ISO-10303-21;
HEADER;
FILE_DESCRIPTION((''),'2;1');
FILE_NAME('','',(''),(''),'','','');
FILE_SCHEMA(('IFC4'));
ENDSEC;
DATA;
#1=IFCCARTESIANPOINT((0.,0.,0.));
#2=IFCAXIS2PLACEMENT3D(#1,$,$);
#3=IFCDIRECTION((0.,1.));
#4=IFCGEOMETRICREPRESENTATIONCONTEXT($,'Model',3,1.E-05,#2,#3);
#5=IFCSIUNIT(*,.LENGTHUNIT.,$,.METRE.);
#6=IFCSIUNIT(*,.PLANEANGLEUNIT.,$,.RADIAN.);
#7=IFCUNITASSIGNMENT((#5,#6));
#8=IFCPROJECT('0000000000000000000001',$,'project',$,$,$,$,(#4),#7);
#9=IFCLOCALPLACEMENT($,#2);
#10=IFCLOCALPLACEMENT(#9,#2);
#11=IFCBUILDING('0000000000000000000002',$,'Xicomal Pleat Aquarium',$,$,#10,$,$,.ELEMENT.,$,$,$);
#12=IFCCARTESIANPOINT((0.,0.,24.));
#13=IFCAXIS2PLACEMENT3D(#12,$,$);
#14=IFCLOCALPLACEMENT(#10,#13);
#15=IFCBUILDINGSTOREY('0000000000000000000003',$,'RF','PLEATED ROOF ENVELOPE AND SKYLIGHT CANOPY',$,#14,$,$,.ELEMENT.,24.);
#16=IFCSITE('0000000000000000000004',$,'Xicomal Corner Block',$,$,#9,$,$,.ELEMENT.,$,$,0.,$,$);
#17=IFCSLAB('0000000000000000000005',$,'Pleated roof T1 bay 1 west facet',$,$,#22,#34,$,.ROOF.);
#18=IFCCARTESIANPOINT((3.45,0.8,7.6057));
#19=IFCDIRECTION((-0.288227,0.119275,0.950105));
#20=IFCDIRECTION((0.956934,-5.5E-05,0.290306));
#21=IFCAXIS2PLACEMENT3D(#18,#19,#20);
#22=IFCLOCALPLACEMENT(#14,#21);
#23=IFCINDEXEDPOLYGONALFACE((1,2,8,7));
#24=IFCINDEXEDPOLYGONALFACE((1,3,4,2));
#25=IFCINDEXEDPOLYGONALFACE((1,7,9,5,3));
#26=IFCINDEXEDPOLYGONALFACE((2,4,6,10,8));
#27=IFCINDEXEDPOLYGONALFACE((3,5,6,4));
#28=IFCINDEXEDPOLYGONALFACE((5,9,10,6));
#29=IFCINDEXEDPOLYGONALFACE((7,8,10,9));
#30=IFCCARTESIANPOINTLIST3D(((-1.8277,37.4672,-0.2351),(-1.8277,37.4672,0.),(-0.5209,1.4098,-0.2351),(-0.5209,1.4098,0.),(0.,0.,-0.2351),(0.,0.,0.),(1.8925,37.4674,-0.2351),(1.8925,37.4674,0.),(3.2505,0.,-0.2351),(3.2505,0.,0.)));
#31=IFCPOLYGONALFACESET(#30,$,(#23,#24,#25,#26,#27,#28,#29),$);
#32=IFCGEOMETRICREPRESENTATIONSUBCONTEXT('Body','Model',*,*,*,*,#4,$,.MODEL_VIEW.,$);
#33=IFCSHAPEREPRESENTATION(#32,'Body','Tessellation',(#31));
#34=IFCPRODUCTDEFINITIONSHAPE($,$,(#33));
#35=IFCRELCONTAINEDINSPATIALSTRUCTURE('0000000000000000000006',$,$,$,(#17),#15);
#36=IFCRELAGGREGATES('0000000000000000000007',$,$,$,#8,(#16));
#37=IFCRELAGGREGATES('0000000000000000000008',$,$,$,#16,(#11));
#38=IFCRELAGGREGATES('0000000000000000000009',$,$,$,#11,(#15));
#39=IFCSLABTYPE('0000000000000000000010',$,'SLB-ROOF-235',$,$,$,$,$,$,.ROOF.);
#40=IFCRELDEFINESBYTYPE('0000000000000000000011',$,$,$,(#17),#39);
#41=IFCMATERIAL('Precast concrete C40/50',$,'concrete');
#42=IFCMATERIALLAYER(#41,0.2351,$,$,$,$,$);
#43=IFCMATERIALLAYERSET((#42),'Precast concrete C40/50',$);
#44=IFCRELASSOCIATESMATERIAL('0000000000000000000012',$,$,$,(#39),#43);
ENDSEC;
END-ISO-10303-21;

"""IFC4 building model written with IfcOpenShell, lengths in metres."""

from ifc_helpers import new_model, si_unit, direction, frame, origin, place, context, subcontext, project, spatial, polyline, outline, extrude, material, layer, layer_set, type_object, element, save


model = new_model("IFC4")

# Units and contexts
model_context = context("Model", 3, precision=1e-05, world=origin(), true_north=direction((0.0, 1.0)))
body_context = subcontext(model_context, "Body", "Model", "MODEL_VIEW")
ifc_project = project(units=[si_unit("LENGTHUNIT", "METRE"), si_unit("PLANEANGLEUNIT", "RADIAN")], contexts=[model_context])

# Site, building, storey
site_placement = place(None, origin())
site = spatial("IfcSite", under=ifc_project, at=site_placement, Name="Xicomal Corner Block", CompositionType="ELEMENT", RefElevation=0.0)
building_placement = place(site_placement, origin())
building = spatial("IfcBuilding", under=site, at=building_placement, Name="Xicomal Pleat Aquarium", CompositionType="ELEMENT")
storey_placement = place(building_placement, frame((0.0, 0.0, 24.0)))
storey = spatial("IfcBuildingStorey", under=building, at=storey_placement, Name="RF", Description="PLEATED ROOF ENVELOPE AND SKYLIGHT CANOPY", CompositionType="ELEMENT", Elevation=24.0)

# Slab
ifc_material_1 = material(Name="Precast concrete C40/50", Category="concrete")
ifc_layer_1 = layer(ifc_material_1, 0.2351)
ifc_layer_set_1 = layer_set([ifc_layer_1], Name="Precast concrete C40/50")
slab_type_1 = type_object("IfcSlabType", Name="SLB-ROOF-235", PredefinedType="ROOF", material=ifc_layer_set_1)
slab_1_placement = place(storey_placement, frame((3.45, 0.8, 7.6057), z_axis=(-0.288227, 0.119275, 0.950105), x_axis=(0.956934, -0.000055, 0.290306)))
element("IfcSlab", 1, at=slab_1_placement, inside=storey, type_object=slab_type_1, Name="Pleated roof T1 bay 1 west facet", PredefinedType="ROOF", context=body_context, shape_type="SweptSolid", body=[
    extrude(outline(polyline([(0.0, 0.0), (3.2505, 0.0), (1.8925, 37.4674), (-1.8277, 37.4672), (-0.5209, 1.4098), (0.0, 0.0)])), origin(), (0.0, 0.0, -1.0), 0.2351),
])

save(model, "model.ifc")
